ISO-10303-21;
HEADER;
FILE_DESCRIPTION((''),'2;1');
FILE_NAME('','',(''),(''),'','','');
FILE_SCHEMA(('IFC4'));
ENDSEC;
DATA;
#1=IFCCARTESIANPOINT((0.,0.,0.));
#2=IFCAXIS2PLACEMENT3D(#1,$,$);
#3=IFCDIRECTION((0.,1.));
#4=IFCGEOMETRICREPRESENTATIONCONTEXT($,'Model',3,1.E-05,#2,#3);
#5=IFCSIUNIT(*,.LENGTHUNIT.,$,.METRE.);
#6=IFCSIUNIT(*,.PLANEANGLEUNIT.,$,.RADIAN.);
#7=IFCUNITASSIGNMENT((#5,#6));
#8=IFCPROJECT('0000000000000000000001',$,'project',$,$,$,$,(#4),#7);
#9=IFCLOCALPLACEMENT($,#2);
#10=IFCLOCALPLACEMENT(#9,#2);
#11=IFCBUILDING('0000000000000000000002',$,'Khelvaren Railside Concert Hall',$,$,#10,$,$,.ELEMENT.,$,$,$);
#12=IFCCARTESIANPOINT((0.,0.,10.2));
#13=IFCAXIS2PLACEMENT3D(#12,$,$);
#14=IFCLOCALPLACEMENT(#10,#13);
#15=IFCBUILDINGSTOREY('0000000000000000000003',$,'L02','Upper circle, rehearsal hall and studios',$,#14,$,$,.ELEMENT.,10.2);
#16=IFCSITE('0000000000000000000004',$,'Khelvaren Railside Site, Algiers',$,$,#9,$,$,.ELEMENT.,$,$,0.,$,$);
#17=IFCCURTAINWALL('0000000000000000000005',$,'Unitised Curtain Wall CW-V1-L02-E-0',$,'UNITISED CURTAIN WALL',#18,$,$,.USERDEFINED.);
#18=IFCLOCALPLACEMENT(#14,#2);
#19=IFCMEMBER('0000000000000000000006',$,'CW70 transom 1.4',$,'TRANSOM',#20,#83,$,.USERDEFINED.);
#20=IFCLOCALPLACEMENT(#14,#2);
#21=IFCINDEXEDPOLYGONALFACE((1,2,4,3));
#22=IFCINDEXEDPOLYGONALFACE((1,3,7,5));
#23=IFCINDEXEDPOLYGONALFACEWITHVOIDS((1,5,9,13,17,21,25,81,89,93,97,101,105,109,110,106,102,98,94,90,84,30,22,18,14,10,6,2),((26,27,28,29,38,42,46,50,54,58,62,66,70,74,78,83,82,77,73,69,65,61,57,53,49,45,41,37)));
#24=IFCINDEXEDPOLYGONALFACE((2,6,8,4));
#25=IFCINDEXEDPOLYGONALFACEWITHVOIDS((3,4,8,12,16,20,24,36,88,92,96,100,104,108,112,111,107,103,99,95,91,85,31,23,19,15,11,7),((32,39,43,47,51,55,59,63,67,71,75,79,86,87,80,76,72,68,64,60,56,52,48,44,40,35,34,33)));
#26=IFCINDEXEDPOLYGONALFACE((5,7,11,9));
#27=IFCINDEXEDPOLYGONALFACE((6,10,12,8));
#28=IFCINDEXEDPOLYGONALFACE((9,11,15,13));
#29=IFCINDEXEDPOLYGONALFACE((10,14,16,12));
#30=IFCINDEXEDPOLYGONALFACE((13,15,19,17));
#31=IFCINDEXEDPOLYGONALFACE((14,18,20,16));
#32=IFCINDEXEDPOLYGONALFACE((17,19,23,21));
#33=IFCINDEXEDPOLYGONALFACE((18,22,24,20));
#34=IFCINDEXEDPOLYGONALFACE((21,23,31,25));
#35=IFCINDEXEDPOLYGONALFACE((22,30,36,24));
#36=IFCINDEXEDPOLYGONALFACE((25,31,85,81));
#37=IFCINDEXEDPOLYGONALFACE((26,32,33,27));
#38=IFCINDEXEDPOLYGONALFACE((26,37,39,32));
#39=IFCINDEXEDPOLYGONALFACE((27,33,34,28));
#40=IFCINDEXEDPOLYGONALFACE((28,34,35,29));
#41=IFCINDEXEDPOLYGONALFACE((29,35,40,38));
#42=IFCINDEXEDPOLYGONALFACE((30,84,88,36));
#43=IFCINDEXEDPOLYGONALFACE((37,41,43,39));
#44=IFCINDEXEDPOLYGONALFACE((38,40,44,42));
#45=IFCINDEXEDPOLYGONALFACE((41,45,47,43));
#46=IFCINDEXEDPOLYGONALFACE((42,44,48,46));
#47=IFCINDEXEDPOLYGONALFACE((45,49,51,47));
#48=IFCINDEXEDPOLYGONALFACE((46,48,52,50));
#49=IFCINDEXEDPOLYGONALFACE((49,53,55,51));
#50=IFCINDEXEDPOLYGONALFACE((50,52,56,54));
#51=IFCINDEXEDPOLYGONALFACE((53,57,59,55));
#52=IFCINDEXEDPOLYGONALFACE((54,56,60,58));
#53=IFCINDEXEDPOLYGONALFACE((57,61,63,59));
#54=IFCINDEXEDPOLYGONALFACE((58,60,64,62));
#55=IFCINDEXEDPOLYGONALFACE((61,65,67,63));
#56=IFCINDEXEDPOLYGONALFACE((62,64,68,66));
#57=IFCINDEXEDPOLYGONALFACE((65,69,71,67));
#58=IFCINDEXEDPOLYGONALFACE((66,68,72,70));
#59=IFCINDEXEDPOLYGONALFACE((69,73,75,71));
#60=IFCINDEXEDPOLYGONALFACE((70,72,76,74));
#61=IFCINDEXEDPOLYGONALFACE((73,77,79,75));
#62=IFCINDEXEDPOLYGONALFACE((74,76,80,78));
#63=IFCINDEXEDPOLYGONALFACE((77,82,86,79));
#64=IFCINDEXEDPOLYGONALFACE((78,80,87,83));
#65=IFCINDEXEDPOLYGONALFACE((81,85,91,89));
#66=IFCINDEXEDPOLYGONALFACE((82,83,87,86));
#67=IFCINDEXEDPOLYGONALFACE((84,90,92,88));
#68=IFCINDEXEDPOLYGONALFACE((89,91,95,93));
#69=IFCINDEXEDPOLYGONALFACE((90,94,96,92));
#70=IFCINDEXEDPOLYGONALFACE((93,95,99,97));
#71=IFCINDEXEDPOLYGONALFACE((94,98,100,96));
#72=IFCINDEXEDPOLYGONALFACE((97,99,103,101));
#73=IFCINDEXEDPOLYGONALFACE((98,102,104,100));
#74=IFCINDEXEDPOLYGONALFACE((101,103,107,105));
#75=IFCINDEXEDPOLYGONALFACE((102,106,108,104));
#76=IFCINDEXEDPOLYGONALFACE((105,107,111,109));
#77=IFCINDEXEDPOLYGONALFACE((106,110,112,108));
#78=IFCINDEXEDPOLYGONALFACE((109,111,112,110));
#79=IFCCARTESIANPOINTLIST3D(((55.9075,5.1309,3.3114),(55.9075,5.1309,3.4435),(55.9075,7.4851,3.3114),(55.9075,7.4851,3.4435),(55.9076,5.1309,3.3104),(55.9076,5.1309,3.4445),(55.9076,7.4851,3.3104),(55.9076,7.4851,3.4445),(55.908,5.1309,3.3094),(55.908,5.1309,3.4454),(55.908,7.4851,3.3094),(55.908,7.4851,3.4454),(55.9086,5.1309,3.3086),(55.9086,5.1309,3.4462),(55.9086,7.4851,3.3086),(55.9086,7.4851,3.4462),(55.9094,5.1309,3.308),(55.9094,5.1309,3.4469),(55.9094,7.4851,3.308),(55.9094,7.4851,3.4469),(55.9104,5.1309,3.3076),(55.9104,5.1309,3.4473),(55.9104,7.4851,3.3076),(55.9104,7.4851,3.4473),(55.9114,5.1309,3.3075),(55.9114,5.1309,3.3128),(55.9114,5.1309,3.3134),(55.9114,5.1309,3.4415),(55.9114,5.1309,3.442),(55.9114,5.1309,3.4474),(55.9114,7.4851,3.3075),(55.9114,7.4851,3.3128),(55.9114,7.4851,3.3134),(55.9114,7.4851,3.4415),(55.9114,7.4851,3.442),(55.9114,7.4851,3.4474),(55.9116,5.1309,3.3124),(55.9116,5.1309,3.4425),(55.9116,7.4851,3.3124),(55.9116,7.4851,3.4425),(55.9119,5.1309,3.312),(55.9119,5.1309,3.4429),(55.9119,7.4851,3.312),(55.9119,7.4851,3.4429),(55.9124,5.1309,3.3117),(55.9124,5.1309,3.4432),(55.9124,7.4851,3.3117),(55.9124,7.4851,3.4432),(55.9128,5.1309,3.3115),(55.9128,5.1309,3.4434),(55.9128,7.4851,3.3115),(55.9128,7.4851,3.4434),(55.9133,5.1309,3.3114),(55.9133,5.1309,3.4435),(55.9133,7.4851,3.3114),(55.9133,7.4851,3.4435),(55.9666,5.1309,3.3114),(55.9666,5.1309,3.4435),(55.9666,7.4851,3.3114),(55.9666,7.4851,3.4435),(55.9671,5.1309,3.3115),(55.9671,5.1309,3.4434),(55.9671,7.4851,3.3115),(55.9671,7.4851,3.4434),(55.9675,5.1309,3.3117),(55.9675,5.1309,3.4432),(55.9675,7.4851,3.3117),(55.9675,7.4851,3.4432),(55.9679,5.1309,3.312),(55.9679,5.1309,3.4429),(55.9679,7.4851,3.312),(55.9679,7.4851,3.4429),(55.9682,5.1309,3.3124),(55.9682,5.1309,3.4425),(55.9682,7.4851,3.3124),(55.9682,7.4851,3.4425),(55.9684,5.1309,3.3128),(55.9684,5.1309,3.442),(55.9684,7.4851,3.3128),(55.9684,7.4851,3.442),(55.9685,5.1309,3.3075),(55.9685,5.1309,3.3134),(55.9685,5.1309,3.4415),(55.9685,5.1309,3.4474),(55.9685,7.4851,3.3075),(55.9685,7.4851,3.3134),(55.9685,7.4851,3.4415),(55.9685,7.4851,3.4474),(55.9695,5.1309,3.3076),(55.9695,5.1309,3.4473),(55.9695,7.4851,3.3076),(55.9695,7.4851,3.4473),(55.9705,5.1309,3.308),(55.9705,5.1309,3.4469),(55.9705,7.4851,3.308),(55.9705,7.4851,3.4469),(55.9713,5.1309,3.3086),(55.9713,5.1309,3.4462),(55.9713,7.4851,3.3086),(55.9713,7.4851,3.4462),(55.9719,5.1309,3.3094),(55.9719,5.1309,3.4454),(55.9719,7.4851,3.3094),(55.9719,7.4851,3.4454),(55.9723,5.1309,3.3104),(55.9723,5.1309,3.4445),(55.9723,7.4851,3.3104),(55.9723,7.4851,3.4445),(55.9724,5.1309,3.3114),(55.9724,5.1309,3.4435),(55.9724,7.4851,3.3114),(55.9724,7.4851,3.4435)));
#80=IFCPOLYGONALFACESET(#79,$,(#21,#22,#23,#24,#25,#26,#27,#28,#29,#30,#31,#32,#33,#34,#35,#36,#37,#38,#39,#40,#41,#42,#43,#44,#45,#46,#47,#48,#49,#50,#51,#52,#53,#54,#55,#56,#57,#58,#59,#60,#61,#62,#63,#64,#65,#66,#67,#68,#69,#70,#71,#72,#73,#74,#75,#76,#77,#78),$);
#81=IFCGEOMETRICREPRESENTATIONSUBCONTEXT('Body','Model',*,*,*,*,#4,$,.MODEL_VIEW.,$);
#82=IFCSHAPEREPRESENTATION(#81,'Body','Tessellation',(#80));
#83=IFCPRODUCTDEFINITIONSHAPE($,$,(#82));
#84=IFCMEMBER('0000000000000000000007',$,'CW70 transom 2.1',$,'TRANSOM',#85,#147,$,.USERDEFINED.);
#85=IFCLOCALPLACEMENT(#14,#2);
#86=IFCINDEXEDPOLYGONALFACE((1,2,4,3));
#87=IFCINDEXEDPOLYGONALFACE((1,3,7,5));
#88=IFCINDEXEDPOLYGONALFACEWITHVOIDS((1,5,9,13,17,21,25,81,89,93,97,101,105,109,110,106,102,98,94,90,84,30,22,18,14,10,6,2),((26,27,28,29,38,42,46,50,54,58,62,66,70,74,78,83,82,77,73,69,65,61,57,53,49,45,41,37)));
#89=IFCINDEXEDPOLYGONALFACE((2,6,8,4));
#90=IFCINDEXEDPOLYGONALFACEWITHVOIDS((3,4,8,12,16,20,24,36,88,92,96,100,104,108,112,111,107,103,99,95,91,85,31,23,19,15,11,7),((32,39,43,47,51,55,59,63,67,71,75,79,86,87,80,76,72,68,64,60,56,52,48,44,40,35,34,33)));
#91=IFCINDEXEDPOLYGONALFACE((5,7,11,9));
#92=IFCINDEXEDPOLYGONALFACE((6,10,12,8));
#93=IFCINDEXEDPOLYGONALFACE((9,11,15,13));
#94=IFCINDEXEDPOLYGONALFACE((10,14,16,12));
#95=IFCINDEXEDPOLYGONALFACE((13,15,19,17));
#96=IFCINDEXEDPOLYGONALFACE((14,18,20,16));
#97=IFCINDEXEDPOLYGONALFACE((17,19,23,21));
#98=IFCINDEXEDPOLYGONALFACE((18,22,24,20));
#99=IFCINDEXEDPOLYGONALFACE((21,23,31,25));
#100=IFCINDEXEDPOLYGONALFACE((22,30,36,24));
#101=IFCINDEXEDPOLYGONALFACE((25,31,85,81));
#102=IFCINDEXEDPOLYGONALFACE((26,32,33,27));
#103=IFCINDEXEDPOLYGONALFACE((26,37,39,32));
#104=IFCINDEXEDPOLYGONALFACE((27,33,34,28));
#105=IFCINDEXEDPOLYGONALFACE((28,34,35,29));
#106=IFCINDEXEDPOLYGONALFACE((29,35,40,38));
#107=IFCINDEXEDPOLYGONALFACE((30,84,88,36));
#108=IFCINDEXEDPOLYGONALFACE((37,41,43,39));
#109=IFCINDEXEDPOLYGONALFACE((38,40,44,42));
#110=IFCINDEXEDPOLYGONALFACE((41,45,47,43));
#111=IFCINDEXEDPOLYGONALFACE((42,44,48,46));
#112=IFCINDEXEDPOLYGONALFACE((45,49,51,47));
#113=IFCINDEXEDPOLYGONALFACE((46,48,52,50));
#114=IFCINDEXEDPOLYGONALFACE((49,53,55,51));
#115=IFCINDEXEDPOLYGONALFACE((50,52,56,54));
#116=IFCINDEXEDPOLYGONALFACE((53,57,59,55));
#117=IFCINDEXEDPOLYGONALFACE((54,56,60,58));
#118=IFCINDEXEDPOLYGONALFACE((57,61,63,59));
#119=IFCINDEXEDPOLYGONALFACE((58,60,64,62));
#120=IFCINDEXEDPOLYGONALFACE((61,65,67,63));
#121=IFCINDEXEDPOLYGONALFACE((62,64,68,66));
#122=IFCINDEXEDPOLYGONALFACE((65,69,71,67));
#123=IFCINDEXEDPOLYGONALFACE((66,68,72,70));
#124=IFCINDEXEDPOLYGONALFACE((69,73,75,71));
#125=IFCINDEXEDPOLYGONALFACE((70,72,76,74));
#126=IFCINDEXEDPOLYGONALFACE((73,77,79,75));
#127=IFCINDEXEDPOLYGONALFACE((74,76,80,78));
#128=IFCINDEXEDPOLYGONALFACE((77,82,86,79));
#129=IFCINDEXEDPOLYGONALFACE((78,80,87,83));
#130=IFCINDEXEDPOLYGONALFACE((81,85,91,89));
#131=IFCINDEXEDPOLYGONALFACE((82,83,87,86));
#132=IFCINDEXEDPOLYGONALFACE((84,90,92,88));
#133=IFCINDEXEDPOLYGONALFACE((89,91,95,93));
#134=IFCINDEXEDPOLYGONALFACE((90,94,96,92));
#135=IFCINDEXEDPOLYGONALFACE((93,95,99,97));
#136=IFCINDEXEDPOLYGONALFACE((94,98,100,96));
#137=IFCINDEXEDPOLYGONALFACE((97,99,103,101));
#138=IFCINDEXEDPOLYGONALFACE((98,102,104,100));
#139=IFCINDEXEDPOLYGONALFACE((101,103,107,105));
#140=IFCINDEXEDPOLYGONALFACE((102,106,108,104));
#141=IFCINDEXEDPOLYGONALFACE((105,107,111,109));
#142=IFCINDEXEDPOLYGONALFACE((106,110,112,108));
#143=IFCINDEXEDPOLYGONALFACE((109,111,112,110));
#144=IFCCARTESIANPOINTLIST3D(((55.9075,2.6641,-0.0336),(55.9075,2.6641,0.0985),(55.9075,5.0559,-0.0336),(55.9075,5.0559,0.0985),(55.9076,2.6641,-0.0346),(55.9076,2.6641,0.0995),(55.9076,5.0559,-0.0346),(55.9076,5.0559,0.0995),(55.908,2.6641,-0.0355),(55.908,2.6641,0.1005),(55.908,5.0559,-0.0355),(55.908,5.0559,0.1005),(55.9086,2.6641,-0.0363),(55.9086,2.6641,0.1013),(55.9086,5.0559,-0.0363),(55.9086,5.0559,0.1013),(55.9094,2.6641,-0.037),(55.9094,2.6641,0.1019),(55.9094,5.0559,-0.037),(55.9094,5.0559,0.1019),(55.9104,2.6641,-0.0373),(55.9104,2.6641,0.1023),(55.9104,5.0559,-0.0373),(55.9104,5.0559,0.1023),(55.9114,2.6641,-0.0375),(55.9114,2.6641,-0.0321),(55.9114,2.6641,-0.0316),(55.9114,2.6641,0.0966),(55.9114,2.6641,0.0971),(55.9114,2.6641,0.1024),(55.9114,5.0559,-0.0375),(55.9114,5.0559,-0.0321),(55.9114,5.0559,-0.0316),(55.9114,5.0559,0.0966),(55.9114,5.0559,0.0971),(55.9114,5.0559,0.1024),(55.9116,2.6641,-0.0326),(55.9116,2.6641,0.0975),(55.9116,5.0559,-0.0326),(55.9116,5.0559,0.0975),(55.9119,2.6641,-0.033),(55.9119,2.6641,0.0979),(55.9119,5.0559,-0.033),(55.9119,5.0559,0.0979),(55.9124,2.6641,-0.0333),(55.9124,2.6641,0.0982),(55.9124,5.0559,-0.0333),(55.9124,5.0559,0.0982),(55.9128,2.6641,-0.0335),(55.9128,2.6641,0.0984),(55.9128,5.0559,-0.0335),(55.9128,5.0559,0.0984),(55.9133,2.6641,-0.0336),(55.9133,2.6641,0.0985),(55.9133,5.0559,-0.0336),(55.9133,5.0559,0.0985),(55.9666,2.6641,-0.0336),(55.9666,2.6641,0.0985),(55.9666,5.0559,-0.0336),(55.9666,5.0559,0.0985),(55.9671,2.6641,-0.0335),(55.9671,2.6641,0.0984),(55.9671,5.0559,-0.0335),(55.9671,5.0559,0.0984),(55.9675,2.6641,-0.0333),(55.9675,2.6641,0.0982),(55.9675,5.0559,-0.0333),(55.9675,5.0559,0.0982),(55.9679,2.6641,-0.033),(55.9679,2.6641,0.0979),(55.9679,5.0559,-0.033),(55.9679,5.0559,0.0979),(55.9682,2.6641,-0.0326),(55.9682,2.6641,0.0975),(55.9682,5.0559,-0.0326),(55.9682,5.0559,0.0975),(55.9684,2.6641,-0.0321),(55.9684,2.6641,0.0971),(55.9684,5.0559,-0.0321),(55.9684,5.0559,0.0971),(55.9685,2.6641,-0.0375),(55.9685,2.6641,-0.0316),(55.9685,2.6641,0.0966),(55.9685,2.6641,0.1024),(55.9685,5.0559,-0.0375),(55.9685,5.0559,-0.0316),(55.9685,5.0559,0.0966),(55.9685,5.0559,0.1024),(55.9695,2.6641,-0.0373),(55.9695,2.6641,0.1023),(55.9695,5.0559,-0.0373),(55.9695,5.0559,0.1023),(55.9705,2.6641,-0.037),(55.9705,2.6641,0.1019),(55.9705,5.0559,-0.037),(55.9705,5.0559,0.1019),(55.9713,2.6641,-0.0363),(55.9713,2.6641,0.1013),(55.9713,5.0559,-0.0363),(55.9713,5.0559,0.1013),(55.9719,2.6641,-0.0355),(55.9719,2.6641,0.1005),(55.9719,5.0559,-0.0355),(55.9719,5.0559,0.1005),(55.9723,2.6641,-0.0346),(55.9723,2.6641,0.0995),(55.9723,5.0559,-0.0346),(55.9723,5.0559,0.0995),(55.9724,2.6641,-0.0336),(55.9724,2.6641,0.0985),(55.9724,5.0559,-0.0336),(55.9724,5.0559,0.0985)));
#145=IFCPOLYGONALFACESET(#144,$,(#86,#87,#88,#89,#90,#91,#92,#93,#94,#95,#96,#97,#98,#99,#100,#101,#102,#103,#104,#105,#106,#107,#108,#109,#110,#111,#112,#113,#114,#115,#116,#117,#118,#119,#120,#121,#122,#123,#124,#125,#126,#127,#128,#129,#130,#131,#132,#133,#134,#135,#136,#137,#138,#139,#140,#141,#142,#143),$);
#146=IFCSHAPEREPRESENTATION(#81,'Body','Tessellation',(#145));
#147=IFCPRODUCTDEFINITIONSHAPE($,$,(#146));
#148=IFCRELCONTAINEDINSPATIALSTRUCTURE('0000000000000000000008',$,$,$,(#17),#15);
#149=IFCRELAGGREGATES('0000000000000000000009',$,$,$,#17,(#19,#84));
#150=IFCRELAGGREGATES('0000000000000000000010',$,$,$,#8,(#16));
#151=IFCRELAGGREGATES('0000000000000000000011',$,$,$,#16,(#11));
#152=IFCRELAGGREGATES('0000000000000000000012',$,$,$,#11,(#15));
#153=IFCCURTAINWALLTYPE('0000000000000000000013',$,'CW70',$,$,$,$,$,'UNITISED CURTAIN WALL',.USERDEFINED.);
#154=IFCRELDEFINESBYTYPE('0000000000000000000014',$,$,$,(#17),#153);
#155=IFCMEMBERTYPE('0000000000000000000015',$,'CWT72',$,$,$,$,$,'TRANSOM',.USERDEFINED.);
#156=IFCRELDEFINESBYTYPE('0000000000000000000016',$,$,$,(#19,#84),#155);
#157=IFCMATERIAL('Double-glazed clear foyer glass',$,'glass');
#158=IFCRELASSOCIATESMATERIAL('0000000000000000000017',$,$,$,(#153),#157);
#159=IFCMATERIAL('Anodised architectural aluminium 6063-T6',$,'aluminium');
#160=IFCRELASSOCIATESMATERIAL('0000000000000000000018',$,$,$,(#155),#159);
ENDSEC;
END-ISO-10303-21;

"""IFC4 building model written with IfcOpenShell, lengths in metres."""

from ifc_helpers import new_model, si_unit, direction, frame, origin, origin_2d, place, context, subcontext, project, spatial, hollow_rectangle, extrude, material, material_profile, profile_set, type_object, element, aggregate, save


model = new_model("IFC4")

# Units and contexts
model_context = context("Model", 3, precision=1e-05, world=origin(), true_north=direction((0.0, 1.0)))
body_context = subcontext(model_context, "Body", "Model", "MODEL_VIEW")
ifc_project = project(units=[si_unit("LENGTHUNIT", "METRE"), si_unit("PLANEANGLEUNIT", "RADIAN")], contexts=[model_context])

# Site, building, storey
site_placement = place(None, origin())
site = spatial("IfcSite", under=ifc_project, at=site_placement, Name="Khelvaren Railside Site, Algiers", CompositionType="ELEMENT", RefElevation=0.0)
building_placement = place(site_placement, origin())
building = spatial("IfcBuilding", under=site, at=building_placement, Name="Khelvaren Railside Concert Hall", CompositionType="ELEMENT")
storey_placement = place(building_placement, frame((0.0, 0.0, 10.2)))
storey = spatial("IfcBuildingStorey", under=building, at=storey_placement, Name="L02", Description="Upper circle, rehearsal hall and studios", CompositionType="ELEMENT", Elevation=10.2)

# Curtain wall, members
ifc_material_1 = material(Name="Double-glazed clear foyer glass", Category="glass")
curtain_wall_type = type_object("IfcCurtainWallType", Name="CW70", ElementType="UNITISED CURTAIN WALL", PredefinedType="USERDEFINED", material=ifc_material_1)
curtain_wall_placement = place(storey_placement, origin())
curtain_wall = element("IfcCurtainWall", 1, at=curtain_wall_placement, inside=storey, type_object=curtain_wall_type, Name="Unitised Curtain Wall CW-V1-L02-E-0", ObjectType="UNITISED CURTAIN WALL", PredefinedType="USERDEFINED")
ifc_material_2 = material(Name="Anodised architectural aluminium 6063-T6", Category="aluminium")
ifc_material_profile_1 = material_profile(ifc_material_2, hollow_rectangle(XDim=0.0649, YDim=0.1399, WallThickness=0.0039, InnerFilletRadius=0.002, OuterFilletRadius=0.0039, at=origin_2d()), Name="CWT 65x140x4")
ifc_profile_set_1 = profile_set([ifc_material_profile_1], Name="Anodised architectural aluminium 6063-T6")
member_type_1 = type_object("IfcMemberType", Name="CWT72", ElementType="TRANSOM", PredefinedType="USERDEFINED", material=ifc_profile_set_1)
member_1_placement = place(storey_placement, frame((55.9399, 7.4851, 3.3774), z_axis=(0.0, -1.0, 0.0), x_axis=(1.0, 0.0, 0.0)))
member_1 = element("IfcMember", 2, at=member_1_placement, type_object=member_type_1, Name="CW70 transom 1.4", ObjectType="TRANSOM", PredefinedType="USERDEFINED", context=body_context, shape_type="SweptSolid", body=[
    extrude(hollow_rectangle(XDim=0.0649, YDim=0.1399, WallThickness=0.0039, InnerFilletRadius=0.002, OuterFilletRadius=0.0039, at=origin_2d()), origin(), (0.0, 0.0, 1.0), 2.3542),
])
member_2_placement = place(storey_placement, frame((55.9399, 5.0559, 0.0325), z_axis=(0.0, -1.0, 0.0), x_axis=(1.0, 0.0, 0.0)))
member_2 = element("IfcMember", 3, at=member_2_placement, type_object=member_type_1, Name="CW70 transom 2.1", ObjectType="TRANSOM", PredefinedType="USERDEFINED", context=body_context, shape_type="SweptSolid", body=[
    extrude(hollow_rectangle(XDim=0.0649, YDim=0.1399, WallThickness=0.0039, InnerFilletRadius=0.002, OuterFilletRadius=0.0039, at=origin_2d()), origin(), (0.0, 0.0, 1.0), 2.3918),
])
aggregate(curtain_wall, [member_1, member_2])

save(model, "model.ifc")
